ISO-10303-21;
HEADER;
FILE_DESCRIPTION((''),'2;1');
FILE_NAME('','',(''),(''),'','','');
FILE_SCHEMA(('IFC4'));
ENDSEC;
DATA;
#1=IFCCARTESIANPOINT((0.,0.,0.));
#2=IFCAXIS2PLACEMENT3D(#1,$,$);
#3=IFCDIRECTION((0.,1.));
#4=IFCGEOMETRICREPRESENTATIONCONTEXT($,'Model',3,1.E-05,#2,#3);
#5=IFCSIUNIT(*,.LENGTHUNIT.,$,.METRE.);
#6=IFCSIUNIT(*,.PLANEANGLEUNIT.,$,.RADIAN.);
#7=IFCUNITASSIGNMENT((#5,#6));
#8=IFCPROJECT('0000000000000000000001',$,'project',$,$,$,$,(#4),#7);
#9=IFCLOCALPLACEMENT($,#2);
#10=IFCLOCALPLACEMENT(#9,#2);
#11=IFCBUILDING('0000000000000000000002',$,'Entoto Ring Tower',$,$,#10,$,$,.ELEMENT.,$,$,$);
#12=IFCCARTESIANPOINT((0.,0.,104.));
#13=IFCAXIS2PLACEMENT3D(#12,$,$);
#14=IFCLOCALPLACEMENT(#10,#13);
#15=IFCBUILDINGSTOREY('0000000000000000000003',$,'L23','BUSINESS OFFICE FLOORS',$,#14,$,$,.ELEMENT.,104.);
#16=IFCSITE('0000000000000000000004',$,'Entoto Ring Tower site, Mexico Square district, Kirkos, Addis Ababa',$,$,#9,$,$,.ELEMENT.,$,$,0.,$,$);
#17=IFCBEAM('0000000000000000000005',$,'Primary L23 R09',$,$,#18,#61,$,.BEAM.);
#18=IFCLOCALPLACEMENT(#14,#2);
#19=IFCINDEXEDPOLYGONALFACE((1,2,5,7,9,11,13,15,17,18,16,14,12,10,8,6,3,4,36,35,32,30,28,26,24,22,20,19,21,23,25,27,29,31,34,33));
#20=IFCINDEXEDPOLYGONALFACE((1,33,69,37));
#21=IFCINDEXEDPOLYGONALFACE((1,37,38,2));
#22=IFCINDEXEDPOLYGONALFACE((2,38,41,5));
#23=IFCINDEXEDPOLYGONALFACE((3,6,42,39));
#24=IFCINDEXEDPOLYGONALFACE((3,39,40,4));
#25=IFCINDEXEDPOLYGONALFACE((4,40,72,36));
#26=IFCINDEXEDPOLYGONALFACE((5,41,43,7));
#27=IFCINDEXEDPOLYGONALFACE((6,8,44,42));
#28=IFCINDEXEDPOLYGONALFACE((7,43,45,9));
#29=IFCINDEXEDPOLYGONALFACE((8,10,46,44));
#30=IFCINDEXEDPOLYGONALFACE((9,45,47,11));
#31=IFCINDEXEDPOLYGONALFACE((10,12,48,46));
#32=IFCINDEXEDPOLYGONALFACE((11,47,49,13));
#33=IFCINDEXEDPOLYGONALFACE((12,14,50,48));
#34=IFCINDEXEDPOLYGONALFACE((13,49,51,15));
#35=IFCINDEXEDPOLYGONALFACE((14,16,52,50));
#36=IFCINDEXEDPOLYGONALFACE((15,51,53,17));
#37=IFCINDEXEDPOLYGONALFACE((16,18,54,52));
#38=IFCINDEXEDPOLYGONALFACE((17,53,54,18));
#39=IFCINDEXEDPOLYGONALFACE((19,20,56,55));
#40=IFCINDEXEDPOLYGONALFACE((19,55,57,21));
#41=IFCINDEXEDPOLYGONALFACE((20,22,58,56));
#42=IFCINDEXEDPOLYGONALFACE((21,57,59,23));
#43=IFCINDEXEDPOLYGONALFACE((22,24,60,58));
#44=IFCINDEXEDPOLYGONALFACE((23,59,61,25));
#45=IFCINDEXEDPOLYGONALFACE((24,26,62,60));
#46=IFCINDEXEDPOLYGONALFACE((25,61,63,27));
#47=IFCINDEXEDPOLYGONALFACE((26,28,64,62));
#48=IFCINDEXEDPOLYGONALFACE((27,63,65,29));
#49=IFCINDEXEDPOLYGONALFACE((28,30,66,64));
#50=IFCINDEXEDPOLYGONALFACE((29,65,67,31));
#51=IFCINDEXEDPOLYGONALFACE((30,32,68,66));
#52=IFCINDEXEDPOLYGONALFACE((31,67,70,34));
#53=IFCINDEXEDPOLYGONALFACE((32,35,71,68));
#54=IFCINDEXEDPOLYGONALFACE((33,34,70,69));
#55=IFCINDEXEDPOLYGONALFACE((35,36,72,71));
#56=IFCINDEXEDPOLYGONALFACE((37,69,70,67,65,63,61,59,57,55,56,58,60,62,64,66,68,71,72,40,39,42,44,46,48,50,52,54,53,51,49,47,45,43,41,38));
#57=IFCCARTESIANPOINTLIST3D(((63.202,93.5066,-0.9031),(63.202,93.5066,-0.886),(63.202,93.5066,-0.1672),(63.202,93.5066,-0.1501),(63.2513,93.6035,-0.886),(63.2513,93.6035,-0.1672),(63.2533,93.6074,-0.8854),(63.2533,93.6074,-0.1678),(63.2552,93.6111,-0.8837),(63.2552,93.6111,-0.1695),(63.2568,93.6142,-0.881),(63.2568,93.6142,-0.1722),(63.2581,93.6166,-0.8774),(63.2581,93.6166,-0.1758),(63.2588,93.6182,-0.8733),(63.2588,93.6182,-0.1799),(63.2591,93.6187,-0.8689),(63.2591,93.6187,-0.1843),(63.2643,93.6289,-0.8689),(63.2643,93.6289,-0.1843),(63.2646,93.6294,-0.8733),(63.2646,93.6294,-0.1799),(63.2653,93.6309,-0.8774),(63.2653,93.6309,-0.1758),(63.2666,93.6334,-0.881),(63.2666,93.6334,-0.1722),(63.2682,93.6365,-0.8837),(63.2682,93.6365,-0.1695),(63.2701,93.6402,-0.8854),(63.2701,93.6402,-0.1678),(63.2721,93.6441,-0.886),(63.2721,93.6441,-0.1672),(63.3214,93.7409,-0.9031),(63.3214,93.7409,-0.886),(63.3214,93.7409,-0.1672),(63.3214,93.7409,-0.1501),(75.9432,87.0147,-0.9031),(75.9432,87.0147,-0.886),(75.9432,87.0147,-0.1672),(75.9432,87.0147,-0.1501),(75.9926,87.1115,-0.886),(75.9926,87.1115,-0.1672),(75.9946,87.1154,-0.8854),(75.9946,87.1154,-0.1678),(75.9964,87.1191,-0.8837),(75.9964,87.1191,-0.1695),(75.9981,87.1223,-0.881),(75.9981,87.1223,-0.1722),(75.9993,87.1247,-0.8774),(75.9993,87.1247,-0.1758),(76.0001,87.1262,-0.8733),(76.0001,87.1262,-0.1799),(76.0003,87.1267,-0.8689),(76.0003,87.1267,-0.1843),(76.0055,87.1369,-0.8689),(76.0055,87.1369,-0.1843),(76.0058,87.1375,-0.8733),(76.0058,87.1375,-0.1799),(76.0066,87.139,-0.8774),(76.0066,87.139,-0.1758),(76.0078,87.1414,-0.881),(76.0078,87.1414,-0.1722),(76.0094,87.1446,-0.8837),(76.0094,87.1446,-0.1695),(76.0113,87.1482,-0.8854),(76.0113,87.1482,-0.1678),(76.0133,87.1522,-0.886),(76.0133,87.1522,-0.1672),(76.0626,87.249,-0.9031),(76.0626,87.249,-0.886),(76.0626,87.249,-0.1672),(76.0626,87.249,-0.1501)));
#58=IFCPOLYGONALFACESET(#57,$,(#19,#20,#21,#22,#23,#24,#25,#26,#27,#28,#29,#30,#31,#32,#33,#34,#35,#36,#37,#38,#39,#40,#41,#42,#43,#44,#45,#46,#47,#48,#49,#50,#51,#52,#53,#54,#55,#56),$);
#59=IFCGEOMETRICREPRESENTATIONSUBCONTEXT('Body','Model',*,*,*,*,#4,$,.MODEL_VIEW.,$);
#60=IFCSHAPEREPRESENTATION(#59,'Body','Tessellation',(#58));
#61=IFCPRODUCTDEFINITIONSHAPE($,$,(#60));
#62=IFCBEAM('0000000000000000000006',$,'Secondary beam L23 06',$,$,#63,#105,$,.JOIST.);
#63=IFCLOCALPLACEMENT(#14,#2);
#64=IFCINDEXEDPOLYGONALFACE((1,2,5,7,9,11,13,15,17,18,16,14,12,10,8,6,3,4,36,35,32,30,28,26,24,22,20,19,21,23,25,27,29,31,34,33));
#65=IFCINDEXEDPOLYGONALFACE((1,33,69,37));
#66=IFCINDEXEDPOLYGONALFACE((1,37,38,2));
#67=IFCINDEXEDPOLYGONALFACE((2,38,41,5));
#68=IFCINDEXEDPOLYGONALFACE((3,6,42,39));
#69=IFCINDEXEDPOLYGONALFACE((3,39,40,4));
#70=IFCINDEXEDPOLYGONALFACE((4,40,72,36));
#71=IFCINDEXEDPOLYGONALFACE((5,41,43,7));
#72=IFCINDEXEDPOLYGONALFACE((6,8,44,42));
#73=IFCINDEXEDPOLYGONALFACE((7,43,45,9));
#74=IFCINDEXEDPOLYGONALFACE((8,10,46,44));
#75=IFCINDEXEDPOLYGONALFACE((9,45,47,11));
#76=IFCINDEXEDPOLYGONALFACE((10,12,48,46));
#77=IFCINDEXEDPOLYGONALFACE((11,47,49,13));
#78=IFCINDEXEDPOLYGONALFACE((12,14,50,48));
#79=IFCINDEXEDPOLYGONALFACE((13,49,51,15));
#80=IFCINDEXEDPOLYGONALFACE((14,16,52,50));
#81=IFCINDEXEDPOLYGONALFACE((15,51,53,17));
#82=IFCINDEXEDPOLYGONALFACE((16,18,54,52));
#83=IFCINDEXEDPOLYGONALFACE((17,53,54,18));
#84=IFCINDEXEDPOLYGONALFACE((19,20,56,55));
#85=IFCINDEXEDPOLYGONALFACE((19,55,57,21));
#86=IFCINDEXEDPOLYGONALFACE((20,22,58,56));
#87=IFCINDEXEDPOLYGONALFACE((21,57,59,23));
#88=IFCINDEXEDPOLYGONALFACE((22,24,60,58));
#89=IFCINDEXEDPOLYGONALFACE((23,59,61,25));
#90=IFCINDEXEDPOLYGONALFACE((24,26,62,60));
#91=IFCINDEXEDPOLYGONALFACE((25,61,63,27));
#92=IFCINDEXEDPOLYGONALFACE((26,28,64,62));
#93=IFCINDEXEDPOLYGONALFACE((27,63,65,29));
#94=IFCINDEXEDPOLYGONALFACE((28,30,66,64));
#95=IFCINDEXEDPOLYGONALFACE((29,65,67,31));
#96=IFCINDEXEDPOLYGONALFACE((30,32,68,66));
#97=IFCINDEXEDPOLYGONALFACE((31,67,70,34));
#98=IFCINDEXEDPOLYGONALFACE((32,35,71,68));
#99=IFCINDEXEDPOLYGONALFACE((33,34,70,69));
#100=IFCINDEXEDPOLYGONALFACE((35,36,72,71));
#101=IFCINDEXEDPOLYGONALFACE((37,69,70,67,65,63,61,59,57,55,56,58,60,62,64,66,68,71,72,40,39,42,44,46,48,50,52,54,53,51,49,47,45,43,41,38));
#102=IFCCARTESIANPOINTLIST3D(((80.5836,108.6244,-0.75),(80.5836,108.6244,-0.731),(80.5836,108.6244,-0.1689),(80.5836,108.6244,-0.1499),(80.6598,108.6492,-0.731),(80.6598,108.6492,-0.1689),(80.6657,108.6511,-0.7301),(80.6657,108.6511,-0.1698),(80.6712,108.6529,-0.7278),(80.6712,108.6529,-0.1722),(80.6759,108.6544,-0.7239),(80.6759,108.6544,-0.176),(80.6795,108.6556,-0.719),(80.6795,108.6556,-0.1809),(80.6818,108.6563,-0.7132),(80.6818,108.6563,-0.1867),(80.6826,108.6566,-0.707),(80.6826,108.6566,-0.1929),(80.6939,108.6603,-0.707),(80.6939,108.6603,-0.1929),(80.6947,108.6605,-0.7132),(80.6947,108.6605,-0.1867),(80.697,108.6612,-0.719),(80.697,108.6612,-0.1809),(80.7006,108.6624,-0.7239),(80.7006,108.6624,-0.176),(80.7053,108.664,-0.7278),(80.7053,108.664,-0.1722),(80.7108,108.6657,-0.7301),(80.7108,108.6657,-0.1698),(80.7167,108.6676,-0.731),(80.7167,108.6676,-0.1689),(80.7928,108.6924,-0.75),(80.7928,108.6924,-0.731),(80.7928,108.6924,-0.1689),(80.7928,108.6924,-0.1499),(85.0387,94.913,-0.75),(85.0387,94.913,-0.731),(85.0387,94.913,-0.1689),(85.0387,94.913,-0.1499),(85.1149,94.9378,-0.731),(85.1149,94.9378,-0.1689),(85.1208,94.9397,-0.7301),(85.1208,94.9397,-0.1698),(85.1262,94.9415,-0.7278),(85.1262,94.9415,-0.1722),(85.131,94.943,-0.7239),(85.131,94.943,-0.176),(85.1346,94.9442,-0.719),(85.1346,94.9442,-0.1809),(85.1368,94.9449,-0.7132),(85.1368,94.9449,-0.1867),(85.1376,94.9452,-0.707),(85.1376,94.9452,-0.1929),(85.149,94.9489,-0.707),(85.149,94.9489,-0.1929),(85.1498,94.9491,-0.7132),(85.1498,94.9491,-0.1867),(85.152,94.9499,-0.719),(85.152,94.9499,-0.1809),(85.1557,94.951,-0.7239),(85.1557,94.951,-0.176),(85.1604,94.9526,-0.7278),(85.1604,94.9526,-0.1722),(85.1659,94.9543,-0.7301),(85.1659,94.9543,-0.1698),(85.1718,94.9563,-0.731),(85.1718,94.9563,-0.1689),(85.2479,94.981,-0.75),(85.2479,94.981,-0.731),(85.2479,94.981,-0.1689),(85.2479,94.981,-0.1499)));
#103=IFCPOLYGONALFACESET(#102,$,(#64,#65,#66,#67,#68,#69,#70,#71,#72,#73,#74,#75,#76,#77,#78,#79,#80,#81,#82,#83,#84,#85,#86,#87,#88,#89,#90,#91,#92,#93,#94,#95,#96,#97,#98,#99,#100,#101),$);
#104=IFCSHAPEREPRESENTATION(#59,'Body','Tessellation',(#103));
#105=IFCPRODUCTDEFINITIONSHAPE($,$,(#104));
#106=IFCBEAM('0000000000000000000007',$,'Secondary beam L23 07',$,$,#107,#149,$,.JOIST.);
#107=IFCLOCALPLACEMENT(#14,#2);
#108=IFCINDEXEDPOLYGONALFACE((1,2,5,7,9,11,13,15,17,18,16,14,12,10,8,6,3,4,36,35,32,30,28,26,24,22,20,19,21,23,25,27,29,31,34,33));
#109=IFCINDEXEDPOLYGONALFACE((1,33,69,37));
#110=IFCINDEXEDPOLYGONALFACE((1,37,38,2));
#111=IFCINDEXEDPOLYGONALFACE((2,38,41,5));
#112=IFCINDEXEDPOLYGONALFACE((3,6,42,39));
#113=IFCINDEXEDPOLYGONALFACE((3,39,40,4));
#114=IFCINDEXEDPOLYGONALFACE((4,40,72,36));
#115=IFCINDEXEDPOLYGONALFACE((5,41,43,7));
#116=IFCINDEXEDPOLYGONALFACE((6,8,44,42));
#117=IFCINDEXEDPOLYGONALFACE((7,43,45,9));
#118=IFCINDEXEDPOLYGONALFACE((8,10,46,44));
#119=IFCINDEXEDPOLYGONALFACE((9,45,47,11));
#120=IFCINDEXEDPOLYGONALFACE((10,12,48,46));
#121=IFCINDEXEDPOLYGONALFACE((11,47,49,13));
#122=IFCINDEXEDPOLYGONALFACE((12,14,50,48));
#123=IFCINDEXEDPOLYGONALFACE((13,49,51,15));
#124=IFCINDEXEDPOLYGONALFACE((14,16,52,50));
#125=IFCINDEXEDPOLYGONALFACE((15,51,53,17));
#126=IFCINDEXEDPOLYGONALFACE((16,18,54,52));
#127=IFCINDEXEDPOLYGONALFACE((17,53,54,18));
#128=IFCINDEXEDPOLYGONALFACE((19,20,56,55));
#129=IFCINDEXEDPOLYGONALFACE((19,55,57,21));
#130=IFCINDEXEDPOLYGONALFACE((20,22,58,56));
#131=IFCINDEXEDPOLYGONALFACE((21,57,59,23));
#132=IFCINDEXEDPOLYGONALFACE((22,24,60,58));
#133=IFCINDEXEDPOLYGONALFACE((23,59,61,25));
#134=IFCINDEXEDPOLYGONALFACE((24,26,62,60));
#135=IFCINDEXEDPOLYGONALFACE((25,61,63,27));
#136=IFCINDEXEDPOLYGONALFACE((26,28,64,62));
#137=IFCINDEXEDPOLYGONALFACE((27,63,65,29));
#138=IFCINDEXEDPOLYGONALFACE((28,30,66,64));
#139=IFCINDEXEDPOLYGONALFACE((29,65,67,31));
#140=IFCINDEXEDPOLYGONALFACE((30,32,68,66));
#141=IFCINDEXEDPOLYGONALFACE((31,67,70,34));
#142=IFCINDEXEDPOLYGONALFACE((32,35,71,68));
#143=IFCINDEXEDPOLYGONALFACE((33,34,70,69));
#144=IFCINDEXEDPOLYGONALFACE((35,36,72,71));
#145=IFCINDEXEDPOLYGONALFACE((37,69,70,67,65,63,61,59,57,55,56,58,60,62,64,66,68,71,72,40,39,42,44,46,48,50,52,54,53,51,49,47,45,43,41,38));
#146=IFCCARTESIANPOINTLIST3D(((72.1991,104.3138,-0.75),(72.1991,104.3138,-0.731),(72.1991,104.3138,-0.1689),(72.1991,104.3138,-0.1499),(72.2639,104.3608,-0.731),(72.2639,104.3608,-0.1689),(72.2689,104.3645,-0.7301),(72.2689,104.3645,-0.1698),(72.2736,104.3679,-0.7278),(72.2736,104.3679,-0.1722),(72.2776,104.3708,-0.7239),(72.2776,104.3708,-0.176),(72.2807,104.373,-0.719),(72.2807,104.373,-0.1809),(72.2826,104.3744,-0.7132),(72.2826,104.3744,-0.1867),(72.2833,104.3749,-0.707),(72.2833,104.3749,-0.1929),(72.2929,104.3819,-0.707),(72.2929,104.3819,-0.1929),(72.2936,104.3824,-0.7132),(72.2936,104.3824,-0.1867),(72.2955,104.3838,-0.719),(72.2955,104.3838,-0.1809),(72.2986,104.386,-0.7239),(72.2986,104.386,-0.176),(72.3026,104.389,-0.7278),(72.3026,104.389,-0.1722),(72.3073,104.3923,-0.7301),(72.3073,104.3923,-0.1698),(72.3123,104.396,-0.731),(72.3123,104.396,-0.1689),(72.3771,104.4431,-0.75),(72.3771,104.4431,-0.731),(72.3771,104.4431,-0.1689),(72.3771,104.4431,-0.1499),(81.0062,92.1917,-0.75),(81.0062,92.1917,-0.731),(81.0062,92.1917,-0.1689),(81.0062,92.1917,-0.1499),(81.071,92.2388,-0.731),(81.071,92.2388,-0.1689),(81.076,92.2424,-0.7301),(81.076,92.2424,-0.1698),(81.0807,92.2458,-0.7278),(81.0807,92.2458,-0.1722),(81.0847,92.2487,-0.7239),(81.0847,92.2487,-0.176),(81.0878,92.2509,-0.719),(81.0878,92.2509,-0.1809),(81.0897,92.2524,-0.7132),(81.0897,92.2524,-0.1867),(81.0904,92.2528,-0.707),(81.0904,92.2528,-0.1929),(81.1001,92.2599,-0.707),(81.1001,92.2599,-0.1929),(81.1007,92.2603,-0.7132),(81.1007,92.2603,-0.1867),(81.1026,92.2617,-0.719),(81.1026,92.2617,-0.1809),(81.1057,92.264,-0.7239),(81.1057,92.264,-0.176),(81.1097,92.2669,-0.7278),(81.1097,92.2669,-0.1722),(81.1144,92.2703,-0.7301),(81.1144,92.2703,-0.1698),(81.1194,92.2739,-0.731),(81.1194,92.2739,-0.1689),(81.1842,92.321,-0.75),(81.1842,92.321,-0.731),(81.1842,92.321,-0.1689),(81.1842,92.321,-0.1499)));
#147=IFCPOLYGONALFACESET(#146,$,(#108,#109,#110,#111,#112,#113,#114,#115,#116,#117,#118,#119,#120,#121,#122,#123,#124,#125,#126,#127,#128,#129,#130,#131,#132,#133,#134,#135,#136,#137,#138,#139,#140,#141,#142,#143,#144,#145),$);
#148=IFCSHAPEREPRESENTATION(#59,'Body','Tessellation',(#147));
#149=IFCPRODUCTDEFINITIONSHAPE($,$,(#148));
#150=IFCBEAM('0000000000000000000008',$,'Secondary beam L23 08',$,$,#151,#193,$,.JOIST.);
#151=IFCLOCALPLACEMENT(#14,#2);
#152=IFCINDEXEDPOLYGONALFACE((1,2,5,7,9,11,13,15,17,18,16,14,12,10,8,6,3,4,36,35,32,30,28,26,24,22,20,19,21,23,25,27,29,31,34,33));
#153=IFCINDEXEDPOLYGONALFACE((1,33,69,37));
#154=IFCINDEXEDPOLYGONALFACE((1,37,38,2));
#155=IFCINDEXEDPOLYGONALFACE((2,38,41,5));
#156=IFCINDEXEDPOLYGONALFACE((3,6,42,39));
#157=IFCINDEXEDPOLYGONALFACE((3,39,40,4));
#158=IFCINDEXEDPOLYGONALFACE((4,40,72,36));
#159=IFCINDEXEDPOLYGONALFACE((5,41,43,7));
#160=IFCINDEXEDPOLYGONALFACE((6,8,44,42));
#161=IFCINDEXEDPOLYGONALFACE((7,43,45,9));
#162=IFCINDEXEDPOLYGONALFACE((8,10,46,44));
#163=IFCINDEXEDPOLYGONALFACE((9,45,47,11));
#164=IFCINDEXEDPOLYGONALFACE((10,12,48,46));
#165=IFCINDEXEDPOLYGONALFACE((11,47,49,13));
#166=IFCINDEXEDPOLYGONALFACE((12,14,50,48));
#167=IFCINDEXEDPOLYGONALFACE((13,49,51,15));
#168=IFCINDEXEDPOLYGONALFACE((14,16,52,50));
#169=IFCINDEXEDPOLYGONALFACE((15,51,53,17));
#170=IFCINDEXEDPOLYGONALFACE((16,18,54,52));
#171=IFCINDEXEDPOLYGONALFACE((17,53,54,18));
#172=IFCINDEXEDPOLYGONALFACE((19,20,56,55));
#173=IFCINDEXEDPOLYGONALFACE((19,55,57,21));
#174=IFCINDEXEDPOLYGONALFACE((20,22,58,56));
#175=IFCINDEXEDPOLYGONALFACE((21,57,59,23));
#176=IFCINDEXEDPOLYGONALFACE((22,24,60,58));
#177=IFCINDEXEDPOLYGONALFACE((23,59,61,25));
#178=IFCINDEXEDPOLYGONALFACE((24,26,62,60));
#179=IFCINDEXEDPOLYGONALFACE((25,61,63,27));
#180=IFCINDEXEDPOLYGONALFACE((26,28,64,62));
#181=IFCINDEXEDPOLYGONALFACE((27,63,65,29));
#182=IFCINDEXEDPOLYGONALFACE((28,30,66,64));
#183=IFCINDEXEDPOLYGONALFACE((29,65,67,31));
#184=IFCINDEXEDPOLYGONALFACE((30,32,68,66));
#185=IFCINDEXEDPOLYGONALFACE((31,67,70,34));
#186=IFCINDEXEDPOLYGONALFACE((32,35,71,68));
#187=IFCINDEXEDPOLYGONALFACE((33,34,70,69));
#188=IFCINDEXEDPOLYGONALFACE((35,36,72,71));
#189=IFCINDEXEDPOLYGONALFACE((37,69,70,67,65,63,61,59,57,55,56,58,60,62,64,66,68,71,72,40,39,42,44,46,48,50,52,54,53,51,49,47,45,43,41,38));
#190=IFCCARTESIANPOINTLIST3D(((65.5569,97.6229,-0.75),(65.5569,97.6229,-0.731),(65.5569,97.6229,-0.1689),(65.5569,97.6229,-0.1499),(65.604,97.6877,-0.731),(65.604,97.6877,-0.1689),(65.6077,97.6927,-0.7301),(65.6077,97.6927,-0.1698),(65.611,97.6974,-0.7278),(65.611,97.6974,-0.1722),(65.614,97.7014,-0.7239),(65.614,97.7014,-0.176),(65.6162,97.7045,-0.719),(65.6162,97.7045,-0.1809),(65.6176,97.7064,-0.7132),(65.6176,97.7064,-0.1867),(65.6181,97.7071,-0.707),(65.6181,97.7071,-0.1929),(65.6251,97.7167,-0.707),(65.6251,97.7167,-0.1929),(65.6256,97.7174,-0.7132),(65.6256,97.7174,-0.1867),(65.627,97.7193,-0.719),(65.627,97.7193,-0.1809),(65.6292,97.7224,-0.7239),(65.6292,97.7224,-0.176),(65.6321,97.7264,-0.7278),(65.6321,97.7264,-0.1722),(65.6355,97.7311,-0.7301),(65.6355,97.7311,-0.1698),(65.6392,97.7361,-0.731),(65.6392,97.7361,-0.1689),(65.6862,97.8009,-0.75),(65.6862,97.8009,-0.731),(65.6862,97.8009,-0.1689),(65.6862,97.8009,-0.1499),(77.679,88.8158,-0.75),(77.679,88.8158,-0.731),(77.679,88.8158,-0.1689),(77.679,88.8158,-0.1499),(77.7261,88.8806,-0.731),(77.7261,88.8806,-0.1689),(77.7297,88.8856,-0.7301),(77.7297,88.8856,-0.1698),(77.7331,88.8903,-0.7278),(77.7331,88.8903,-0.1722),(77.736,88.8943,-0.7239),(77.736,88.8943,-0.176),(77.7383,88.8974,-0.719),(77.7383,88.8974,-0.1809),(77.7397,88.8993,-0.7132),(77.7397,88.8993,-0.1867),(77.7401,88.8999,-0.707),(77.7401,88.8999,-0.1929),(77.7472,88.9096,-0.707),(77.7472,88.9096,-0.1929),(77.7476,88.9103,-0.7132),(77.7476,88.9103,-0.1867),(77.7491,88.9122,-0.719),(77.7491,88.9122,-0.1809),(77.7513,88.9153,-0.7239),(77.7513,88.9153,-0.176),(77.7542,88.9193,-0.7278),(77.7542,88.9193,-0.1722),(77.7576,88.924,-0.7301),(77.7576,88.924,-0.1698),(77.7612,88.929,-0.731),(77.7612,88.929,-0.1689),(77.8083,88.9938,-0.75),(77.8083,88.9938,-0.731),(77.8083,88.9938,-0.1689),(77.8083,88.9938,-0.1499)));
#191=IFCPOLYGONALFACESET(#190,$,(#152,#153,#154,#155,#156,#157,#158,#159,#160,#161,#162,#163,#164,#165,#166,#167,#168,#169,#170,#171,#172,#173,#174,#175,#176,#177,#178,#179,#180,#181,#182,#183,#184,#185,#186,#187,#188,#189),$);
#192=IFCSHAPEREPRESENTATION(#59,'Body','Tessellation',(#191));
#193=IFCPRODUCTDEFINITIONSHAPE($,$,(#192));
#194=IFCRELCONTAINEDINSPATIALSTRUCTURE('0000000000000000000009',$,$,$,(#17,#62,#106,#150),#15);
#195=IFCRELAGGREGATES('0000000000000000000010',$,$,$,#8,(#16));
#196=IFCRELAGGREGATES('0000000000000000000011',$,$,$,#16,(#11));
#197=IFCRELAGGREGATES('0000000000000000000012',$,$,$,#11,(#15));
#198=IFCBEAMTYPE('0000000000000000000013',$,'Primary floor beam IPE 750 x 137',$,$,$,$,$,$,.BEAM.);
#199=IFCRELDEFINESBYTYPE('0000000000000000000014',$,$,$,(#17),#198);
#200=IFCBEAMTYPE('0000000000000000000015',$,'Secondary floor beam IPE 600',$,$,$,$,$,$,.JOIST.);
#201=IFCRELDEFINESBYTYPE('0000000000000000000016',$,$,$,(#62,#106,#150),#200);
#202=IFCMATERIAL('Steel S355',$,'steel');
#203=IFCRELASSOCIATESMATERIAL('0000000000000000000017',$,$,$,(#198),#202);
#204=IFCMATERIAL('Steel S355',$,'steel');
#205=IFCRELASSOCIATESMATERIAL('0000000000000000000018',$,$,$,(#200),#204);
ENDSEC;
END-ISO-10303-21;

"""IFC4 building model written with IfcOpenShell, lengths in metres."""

from ifc_helpers import new_model, si_unit, direction, frame, origin, origin_2d, place, context, subcontext, project, spatial, i_section, extrude, material, material_profile, profile_set, type_object, element, save


model = new_model("IFC4")

# Units and contexts
model_context = context("Model", 3, precision=1e-05, world=origin(), true_north=direction((0.0, 1.0)))
body_context = subcontext(model_context, "Body", "Model", "MODEL_VIEW")
ifc_project = project(units=[si_unit("LENGTHUNIT", "METRE"), si_unit("PLANEANGLEUNIT", "RADIAN")], contexts=[model_context])

# Site, building, storey
site_placement = place(None, origin())
site = spatial("IfcSite", under=ifc_project, at=site_placement, Name="Entoto Ring Tower site, Mexico Square district, Kirkos, Addis Ababa", CompositionType="ELEMENT", RefElevation=0.0)
building_placement = place(site_placement, origin())
building = spatial("IfcBuilding", under=site, at=building_placement, Name="Entoto Ring Tower", CompositionType="ELEMENT")
storey_placement = place(building_placement, frame((0.0, 0.0, 104.0)))
storey = spatial("IfcBuildingStorey", under=building, at=storey_placement, Name="L23", Description="BUSINESS OFFICE FLOORS", CompositionType="ELEMENT", Elevation=104.0)

# Beams
ifc_material_1 = material(Name="Steel S355", Category="steel")
ifc_material_profile_1 = material_profile(ifc_material_1, i_section(OverallWidth=0.2629, OverallDepth=0.7529, WebThickness=0.0115, FlangeThickness=0.0171, FilletRadius=0.0171, at=origin_2d()), Name="IPE 750 x 137")
ifc_profile_set_1 = profile_set([ifc_material_profile_1], Name="Steel S355")
beam_type_1 = type_object("IfcBeamType", Name="Primary floor beam IPE 750 x 137", PredefinedType="BEAM", material=ifc_profile_set_1)
beam_1_placement = place(storey_placement, frame((76.0029, 87.1318, -0.5266), z_axis=(-0.891007, 0.453989, 0.0), x_axis=(-0.453989, -0.891007, 0.0)))
element("IfcBeam", 1, at=beam_1_placement, inside=storey, type_object=beam_type_1, Name="Primary L23 R09", PredefinedType="BEAM", context=body_context, shape_type="SweptSolid", body=[
    extrude(i_section(OverallWidth=0.2629, OverallDepth=0.7529, WebThickness=0.0115, FlangeThickness=0.0171, FilletRadius=0.0171, at=origin_2d()), origin(), (0.0, 0.0, 1.0), 14.2998),
])
ifc_material_2 = material(Name="Steel S355", Category="steel")
ifc_material_profile_2 = material_profile(ifc_material_2, i_section(OverallWidth=0.22, OverallDepth=0.6001, WebThickness=0.012, FlangeThickness=0.019, FilletRadius=0.0239, at=origin_2d()), Name="IPE 600")
ifc_profile_set_2 = profile_set([ifc_material_profile_2], Name="Steel S355")
beam_type_2 = type_object("IfcBeamType", Name="Secondary floor beam IPE 600", PredefinedType="JOIST", material=ifc_profile_set_2)
beam_2_placement = place(storey_placement, frame((85.1433, 94.947, -0.45), z_axis=(-0.309015, 0.951057, 0.0), x_axis=(-0.951057, -0.309015, 0.0)))
element("IfcBeam", 2, at=beam_2_placement, inside=storey, type_object=beam_type_2, Name="Secondary beam L23 06", PredefinedType="JOIST", context=body_context, shape_type="SweptSolid", body=[
    extrude(i_section(OverallWidth=0.22, OverallDepth=0.6001, WebThickness=0.012, FlangeThickness=0.019, FilletRadius=0.0239, at=origin_2d()), origin(), (0.0, 0.0, 1.0), 14.417),
])
for number, where, z_axis, x_axis, name in (
    (3, (81.0952, 92.2563, -0.45), (-0.587782, 0.809019, 0.0), (-0.809019, -0.587782, 0.0), "Secondary beam L23 07"),
    (4, (77.7437, 88.9048, -0.45), (-0.809019, 0.587782, 0.0), (-0.587782, -0.809019, 0.0), "Secondary beam L23 08"),
):
    element("IfcBeam", number, at=place(storey_placement, frame(where, z_axis=z_axis, x_axis=x_axis)), inside=storey, type_object=beam_type_2, Name=name, PredefinedType="JOIST", context=body_context, shape_type="SweptSolid", body=[
        extrude(i_section(OverallWidth=0.22, OverallDepth=0.6001, WebThickness=0.012, FlangeThickness=0.019, FilletRadius=0.0239, at=origin_2d()), origin(), (0.0, 0.0, 1.0), 14.9836),
    ])

save(model, "model.ifc")
